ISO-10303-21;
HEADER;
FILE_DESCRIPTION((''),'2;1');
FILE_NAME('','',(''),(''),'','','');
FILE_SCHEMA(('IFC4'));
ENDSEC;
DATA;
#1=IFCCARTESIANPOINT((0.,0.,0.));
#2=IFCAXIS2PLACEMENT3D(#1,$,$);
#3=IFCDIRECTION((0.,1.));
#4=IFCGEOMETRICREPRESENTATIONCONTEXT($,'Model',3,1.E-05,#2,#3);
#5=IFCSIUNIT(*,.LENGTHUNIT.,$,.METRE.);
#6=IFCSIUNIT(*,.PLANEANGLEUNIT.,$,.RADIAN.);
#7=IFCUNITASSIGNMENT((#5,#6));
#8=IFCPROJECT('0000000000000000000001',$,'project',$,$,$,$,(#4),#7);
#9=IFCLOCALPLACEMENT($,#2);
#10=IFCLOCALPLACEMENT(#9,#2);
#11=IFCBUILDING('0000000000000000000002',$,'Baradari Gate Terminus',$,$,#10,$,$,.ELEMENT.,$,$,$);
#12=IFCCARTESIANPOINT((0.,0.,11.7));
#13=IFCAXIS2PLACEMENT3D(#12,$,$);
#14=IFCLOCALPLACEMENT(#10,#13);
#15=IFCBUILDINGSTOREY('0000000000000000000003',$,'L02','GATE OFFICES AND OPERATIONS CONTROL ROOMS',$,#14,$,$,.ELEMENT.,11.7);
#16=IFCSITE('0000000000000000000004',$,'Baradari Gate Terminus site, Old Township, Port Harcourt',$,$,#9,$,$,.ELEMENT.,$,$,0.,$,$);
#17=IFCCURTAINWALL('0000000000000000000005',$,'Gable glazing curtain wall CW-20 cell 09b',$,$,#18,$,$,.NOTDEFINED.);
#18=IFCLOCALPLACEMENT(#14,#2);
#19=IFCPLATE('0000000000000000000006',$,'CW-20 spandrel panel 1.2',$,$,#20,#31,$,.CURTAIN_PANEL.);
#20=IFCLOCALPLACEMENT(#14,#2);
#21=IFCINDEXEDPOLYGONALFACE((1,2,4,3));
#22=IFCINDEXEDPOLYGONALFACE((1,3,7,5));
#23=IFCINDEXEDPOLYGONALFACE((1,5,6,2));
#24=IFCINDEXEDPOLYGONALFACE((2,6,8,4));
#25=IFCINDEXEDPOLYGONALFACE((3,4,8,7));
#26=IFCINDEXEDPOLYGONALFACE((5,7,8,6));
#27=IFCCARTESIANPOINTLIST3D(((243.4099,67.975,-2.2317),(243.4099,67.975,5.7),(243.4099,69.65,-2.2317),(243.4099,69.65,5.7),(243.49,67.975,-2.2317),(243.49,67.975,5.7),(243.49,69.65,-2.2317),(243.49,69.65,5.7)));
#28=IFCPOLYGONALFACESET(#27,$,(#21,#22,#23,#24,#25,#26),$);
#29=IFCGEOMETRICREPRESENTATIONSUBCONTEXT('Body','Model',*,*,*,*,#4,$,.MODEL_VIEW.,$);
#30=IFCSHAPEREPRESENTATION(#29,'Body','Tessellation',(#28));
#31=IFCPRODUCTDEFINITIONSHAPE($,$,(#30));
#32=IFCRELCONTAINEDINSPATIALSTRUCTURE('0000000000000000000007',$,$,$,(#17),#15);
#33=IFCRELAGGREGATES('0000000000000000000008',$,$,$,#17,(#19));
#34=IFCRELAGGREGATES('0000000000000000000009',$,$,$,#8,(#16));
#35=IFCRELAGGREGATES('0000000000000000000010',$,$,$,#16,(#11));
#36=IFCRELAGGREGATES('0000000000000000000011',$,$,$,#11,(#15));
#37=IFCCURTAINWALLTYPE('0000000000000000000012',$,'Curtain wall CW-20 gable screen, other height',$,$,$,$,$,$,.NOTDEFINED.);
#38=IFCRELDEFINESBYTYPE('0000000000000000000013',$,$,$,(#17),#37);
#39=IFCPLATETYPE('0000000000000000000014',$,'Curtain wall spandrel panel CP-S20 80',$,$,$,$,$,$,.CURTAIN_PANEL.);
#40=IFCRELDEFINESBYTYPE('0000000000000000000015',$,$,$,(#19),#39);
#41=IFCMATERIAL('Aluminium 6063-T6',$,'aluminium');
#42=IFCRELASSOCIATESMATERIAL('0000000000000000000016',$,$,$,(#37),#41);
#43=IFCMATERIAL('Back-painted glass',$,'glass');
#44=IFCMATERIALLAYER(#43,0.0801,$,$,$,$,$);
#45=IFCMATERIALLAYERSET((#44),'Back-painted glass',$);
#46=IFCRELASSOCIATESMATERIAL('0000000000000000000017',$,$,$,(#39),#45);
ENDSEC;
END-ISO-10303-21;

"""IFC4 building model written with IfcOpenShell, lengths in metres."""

from ifc_helpers import new_model, si_unit, direction, frame, origin, origin_2d, place, context, subcontext, project, spatial, rectangle, extrude, material, layer, layer_set, type_object, element, aggregate, save


model = new_model("IFC4")

# Units and contexts
model_context = context("Model", 3, precision=1e-05, world=origin(), true_north=direction((0.0, 1.0)))
body_context = subcontext(model_context, "Body", "Model", "MODEL_VIEW")
ifc_project = project(units=[si_unit("LENGTHUNIT", "METRE"), si_unit("PLANEANGLEUNIT", "RADIAN")], contexts=[model_context])

# Site, building, storey
site_placement = place(None, origin())
site = spatial("IfcSite", under=ifc_project, at=site_placement, Name="Baradari Gate Terminus site, Old Township, Port Harcourt", CompositionType="ELEMENT", RefElevation=0.0)
building_placement = place(site_placement, origin())
building = spatial("IfcBuilding", under=site, at=building_placement, Name="Baradari Gate Terminus", CompositionType="ELEMENT")
storey_placement = place(building_placement, frame((0.0, 0.0, 11.7)))
storey = spatial("IfcBuildingStorey", under=building, at=storey_placement, Name="L02", Description="GATE OFFICES AND OPERATIONS CONTROL ROOMS", CompositionType="ELEMENT", Elevation=11.7)

# Curtain wall
ifc_material_1 = material(Name="Aluminium 6063-T6", Category="aluminium")
curtain_wall_type_1 = type_object("IfcCurtainWallType", Name="Curtain wall CW-20 gable screen, other height", PredefinedType="NOTDEFINED", material=ifc_material_1)
curtain_wall_1_placement = place(storey_placement, origin())
curtain_wall_1 = element("IfcCurtainWall", 1, at=curtain_wall_1_placement, inside=storey, type_object=curtain_wall_type_1, Name="Gable glazing curtain wall CW-20 cell 09b", PredefinedType="NOTDEFINED")

# Plate
ifc_material_2 = material(Name="Back-painted glass", Category="glass")
ifc_layer_1 = layer(ifc_material_2, 0.0801)
ifc_layer_set_1 = layer_set([ifc_layer_1], Name="Back-painted glass")
plate_type_1 = type_object("IfcPlateType", Name="Curtain wall spandrel panel CP-S20 80", PredefinedType="CURTAIN_PANEL", material=ifc_layer_set_1)
plate_1_placement = place(storey_placement, frame((243.45, 68.8125, -2.2317), z_axis=(0.0, 0.0, 1.0), x_axis=(0.0, 1.0, 0.0)))
plate_1 = element("IfcPlate", 2, at=plate_1_placement, type_object=plate_type_1, Name="CW-20 spandrel panel 1.2", PredefinedType="CURTAIN_PANEL", context=body_context, shape_type="SweptSolid", body=[
    extrude(rectangle(XDim=1.675, YDim=0.0801, at=origin_2d()), origin(), (0.0, 0.0, 1.0), 7.9316),
])
aggregate(curtain_wall_1, [plate_1])

save(model, "model.ifc")
